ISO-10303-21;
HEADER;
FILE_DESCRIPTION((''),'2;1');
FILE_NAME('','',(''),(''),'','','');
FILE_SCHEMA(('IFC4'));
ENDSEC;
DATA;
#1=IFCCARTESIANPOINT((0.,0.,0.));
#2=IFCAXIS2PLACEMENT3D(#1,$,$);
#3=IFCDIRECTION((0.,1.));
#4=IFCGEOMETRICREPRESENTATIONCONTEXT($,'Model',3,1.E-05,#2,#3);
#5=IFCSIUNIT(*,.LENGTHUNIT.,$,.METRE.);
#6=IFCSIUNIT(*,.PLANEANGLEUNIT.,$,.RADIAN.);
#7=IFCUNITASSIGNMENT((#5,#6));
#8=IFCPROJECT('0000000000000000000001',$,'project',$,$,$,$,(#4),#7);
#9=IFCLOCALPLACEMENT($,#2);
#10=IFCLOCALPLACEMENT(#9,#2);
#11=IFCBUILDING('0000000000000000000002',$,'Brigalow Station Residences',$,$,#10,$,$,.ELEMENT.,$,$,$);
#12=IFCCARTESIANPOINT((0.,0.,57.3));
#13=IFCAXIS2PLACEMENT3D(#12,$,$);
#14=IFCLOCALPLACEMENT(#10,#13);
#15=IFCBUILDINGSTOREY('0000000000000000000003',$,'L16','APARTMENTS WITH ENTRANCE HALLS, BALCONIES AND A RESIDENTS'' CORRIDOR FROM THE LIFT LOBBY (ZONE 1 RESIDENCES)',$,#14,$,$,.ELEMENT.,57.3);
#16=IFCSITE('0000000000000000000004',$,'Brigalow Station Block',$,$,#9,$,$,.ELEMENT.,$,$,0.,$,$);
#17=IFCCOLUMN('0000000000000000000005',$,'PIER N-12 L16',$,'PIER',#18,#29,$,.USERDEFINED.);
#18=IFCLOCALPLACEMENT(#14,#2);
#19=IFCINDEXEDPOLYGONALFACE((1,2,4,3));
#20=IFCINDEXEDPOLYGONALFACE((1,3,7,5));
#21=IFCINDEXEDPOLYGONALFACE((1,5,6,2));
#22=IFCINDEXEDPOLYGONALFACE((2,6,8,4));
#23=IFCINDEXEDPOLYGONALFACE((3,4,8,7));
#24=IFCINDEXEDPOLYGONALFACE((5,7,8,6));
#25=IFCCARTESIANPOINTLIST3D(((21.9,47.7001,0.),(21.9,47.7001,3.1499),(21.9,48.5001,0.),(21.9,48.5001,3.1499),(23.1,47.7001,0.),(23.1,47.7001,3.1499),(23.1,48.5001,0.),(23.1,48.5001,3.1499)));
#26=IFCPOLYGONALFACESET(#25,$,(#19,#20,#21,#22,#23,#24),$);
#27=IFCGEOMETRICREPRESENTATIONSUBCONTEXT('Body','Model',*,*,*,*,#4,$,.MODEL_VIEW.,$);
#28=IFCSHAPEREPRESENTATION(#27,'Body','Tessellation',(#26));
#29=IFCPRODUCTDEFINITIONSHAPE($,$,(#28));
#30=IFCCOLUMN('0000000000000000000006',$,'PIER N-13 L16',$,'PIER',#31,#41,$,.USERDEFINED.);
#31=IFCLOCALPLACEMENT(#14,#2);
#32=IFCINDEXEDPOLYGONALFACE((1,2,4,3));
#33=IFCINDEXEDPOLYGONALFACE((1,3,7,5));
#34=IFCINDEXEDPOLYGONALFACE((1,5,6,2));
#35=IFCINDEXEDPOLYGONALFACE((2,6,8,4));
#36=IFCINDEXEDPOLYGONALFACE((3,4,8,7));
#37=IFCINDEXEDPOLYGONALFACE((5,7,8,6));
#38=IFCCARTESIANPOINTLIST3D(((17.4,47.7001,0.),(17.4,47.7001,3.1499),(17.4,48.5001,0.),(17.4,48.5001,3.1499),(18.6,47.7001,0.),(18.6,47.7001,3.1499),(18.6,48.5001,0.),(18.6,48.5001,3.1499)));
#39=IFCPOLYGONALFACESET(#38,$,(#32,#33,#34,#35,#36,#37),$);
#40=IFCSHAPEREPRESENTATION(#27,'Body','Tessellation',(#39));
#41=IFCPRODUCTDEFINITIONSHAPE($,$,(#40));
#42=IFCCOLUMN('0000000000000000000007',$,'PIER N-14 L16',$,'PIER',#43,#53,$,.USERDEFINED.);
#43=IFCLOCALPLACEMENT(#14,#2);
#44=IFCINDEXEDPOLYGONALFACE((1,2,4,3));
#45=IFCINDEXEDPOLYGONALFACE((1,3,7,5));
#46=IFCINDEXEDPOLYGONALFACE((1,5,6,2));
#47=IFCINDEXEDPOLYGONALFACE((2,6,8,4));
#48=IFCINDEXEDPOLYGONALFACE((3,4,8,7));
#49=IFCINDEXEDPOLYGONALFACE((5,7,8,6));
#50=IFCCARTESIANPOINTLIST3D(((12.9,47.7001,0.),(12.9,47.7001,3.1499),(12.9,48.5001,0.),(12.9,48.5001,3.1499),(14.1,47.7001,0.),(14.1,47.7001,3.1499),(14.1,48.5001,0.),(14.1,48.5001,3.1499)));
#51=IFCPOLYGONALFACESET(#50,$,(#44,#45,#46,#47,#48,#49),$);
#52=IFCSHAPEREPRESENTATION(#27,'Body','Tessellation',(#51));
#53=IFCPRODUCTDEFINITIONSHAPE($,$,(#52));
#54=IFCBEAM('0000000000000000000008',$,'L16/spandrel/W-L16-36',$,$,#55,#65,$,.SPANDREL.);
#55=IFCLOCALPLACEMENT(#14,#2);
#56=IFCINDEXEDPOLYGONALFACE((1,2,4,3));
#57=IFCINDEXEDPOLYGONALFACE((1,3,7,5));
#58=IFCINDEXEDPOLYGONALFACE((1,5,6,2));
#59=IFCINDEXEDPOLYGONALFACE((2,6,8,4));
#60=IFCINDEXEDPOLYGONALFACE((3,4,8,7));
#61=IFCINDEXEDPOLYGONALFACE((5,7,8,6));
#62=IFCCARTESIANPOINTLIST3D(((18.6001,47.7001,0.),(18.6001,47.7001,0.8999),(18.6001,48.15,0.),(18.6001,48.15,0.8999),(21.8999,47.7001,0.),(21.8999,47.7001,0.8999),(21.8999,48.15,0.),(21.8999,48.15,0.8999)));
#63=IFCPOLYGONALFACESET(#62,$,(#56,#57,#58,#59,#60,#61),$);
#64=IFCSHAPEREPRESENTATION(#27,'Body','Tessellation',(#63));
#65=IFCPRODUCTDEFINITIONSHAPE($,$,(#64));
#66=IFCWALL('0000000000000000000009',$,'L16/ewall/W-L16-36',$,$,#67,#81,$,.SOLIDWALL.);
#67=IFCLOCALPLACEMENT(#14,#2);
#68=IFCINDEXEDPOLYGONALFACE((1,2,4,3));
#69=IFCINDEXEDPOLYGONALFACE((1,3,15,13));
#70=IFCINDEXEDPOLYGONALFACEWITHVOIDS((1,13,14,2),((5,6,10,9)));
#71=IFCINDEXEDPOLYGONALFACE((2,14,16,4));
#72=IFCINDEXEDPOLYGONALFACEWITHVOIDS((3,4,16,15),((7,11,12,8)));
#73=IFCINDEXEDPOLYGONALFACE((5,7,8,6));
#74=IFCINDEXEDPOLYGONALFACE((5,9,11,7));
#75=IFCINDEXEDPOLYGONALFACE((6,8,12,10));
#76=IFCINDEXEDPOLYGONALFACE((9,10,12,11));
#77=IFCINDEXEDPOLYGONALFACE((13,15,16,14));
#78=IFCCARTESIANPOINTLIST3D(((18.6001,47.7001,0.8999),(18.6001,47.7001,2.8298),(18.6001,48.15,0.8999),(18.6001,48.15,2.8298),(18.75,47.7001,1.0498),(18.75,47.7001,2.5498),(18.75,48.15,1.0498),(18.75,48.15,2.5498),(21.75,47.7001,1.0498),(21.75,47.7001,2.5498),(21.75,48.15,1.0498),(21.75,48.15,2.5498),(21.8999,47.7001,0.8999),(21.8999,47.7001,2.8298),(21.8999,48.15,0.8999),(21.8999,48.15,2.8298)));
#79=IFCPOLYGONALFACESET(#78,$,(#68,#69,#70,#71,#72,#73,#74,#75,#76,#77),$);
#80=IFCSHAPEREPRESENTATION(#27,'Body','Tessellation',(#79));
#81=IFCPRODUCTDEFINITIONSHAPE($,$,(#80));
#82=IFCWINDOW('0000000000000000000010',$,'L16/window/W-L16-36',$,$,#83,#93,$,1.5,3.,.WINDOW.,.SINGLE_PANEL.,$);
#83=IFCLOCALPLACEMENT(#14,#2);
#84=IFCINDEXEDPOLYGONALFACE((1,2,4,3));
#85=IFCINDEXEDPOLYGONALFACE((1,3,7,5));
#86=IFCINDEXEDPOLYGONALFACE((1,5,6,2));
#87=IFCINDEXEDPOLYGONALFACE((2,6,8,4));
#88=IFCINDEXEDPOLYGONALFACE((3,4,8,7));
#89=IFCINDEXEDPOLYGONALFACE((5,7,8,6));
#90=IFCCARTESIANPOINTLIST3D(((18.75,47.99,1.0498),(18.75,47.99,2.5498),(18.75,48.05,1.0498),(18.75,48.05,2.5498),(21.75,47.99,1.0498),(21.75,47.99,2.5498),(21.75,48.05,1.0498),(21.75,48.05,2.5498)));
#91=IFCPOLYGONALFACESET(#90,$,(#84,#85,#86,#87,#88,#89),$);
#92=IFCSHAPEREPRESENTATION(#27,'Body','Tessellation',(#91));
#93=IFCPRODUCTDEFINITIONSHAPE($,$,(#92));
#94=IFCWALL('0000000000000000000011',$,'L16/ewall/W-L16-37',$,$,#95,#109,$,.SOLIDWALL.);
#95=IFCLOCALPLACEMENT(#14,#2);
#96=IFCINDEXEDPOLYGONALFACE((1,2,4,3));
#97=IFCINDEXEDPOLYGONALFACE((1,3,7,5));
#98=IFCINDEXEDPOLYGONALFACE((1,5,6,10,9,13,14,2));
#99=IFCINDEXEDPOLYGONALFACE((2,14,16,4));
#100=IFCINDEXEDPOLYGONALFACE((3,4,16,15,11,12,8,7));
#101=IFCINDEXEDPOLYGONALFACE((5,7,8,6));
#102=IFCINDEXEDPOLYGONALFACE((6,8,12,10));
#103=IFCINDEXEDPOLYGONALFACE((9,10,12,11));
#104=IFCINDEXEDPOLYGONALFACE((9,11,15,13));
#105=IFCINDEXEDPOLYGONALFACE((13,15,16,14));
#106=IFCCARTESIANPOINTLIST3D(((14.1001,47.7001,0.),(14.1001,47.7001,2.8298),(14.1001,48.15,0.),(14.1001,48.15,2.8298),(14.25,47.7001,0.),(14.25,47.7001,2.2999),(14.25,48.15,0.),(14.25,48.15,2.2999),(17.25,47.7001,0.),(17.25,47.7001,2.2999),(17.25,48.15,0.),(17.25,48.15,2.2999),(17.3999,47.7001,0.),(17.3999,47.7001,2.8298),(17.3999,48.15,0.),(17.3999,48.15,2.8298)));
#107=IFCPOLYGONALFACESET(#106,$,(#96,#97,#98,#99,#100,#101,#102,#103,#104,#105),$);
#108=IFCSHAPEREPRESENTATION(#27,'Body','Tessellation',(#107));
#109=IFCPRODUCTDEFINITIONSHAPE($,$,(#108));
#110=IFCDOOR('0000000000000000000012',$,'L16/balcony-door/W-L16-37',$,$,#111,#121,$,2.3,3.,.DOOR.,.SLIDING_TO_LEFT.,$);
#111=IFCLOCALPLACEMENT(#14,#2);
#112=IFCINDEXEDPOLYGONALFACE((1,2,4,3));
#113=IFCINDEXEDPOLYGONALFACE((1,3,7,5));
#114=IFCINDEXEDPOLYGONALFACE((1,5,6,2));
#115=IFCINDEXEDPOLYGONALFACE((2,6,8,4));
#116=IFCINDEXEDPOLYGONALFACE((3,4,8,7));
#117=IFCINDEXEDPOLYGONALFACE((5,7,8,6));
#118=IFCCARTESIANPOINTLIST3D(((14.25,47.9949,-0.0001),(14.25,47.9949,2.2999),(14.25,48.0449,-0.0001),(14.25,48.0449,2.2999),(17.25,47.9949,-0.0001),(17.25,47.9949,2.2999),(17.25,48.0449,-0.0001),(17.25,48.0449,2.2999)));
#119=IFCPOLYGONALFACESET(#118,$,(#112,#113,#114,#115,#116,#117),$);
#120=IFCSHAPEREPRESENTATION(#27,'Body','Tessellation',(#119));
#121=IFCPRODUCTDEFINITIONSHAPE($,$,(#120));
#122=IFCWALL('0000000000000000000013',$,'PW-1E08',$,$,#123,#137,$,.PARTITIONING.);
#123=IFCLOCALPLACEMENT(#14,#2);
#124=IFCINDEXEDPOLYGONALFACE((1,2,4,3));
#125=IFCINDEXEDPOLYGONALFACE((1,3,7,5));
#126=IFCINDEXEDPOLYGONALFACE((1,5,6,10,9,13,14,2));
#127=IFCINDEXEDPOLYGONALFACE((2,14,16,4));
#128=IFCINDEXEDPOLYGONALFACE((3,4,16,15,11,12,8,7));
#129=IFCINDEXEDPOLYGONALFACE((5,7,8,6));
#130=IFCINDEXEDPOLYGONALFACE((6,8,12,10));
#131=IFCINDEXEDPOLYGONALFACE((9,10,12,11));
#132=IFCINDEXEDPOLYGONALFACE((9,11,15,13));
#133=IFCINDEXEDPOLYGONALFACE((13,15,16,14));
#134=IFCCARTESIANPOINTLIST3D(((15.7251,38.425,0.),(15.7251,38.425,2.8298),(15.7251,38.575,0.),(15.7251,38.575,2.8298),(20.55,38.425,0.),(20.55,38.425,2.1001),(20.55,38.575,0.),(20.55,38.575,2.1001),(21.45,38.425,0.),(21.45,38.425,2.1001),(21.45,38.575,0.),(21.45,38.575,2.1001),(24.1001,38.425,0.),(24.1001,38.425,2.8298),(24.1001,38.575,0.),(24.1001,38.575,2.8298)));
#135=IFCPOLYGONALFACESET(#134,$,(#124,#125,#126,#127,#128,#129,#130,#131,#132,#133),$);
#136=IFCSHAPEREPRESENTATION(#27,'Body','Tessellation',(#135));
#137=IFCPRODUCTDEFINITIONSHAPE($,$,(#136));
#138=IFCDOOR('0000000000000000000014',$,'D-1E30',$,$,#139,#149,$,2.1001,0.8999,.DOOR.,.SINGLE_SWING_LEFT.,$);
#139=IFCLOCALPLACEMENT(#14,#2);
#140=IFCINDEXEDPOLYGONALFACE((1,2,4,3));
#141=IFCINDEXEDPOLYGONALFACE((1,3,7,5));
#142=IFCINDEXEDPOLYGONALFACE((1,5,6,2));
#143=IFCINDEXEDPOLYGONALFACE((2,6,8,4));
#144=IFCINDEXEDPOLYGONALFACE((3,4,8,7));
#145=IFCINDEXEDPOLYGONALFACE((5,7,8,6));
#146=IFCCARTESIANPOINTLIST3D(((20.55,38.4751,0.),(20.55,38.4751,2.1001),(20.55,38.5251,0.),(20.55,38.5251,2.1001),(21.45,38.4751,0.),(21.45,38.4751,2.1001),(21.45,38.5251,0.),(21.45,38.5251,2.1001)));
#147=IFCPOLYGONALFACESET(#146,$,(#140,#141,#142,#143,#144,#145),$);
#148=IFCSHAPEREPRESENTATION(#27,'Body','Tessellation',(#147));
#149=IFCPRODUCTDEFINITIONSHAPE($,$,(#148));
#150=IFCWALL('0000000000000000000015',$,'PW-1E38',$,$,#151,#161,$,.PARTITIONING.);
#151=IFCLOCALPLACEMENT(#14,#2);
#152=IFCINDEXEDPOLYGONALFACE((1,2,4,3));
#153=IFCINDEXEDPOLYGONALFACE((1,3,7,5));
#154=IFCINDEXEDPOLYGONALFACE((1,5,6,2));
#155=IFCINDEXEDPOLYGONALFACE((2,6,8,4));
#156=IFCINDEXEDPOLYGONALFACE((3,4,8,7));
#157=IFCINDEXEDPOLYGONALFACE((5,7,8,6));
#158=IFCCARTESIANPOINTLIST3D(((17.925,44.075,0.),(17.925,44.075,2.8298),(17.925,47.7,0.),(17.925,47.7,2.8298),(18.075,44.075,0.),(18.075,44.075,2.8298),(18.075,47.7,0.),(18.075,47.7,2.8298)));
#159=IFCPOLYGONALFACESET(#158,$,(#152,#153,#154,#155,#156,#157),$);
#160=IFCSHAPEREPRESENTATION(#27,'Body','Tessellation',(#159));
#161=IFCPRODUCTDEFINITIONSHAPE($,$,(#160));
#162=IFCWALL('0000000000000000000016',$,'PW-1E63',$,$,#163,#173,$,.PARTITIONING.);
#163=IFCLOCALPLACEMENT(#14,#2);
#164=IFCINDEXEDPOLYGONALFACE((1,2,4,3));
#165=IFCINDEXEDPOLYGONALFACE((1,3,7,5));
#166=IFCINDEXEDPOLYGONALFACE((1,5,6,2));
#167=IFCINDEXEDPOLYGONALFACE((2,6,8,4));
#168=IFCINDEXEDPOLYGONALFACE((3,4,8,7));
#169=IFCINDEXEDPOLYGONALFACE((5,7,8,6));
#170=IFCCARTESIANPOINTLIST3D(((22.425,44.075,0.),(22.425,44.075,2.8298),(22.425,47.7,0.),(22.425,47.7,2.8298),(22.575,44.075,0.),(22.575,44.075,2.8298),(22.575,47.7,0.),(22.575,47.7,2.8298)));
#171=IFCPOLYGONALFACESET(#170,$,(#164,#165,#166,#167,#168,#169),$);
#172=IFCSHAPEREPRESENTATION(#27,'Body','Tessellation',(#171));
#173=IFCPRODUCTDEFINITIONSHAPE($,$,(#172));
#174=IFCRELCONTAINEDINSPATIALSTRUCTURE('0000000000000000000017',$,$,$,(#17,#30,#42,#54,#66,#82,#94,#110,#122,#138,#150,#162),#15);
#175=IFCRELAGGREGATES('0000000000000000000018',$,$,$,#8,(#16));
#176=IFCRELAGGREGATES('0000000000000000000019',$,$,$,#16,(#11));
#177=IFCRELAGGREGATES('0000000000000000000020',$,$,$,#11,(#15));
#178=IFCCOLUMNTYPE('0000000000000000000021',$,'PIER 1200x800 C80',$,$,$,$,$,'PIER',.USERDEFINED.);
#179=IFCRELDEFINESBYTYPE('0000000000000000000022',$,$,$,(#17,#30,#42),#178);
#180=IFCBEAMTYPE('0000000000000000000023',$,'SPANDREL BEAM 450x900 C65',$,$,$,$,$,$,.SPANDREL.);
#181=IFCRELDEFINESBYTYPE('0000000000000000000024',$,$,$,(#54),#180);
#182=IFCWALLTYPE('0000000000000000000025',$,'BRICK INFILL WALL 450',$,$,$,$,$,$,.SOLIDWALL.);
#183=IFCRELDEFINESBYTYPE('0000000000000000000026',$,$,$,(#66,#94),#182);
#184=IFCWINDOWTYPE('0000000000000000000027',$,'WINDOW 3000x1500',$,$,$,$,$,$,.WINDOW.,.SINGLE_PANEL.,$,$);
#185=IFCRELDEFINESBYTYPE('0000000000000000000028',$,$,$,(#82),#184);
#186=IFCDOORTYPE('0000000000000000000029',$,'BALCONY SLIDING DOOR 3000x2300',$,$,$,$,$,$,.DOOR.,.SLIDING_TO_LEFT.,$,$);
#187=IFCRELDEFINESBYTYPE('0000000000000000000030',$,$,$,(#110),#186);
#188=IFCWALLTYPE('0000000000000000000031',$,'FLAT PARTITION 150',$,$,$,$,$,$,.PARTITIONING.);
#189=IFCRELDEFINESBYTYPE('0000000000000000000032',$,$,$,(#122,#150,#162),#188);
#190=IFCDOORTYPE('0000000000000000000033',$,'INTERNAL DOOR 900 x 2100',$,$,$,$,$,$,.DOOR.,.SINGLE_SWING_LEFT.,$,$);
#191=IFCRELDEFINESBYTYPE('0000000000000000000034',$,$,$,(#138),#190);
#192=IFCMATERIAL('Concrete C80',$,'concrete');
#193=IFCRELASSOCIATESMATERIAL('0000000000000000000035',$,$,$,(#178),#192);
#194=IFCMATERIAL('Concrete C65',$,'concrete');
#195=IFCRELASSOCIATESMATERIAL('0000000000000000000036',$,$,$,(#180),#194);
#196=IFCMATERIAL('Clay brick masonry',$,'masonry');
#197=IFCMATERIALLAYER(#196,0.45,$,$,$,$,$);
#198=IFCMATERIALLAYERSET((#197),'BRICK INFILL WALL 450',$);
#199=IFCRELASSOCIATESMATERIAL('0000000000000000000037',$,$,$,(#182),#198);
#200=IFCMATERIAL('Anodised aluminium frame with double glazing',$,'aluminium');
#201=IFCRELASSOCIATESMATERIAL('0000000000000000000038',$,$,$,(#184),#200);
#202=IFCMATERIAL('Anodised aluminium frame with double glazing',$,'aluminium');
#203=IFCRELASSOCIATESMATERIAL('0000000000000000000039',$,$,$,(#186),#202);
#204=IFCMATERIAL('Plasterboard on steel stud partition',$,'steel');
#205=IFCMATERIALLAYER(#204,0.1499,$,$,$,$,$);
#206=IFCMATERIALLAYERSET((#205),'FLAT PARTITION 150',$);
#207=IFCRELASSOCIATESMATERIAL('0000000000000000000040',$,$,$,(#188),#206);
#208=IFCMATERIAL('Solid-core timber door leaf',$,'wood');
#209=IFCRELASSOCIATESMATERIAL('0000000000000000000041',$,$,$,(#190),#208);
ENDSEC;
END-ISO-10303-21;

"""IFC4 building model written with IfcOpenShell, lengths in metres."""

from ifc_helpers import new_model, si_unit, direction, frame, frame_2d, origin, origin_2d, place, context, subcontext, project, spatial, rectangle, extrude, material, layer, layer_set, material_profile, profile_set, type_object, element, fill, save


model = new_model("IFC4")

# Units and contexts
model_context = context("Model", 3, precision=1e-05, world=origin(), true_north=direction((0.0, 1.0)))
body_context = subcontext(model_context, "Body", "Model", "MODEL_VIEW")
ifc_project = project(units=[si_unit("LENGTHUNIT", "METRE"), si_unit("PLANEANGLEUNIT", "RADIAN")], contexts=[model_context])

# Site, building, storey
site_placement = place(None, origin())
site = spatial("IfcSite", under=ifc_project, at=site_placement, Name="Brigalow Station Block", CompositionType="ELEMENT", RefElevation=0.0)
building_placement = place(site_placement, origin())
building = spatial("IfcBuilding", under=site, at=building_placement, Name="Brigalow Station Residences", CompositionType="ELEMENT")
storey_placement = place(building_placement, frame((0.0, 0.0, 57.3)))
storey = spatial("IfcBuildingStorey", under=building, at=storey_placement, Name="L16", Description="APARTMENTS WITH ENTRANCE HALLS, BALCONIES AND A RESIDENTS' CORRIDOR FROM THE LIFT LOBBY (ZONE 1 RESIDENCES)", CompositionType="ELEMENT", Elevation=57.3)

# Columns
ifc_material_1 = material(Name="Concrete C80", Category="concrete")
ifc_material_profile_1 = material_profile(ifc_material_1, rectangle(XDim=1.2, YDim=0.8, at=origin_2d()), Name="RC1200x800")
ifc_profile_set_1 = profile_set([ifc_material_profile_1], Name="Concrete C80")
column_type = type_object("IfcColumnType", Name="PIER 1200x800 C80", ElementType="PIER", PredefinedType="USERDEFINED", material=ifc_profile_set_1)
for number, where, z_axis, x_axis, name in (
    (1, (22.5, 48.1001, 0.0), (0.0, 0.0, 1.0), (-1.0, 0.0, 0.0), "PIER N-12 L16"),
    (2, (18.0, 48.1001, 0.0), (0.0, 0.0, 1.0), (-1.0, 0.0, 0.0), "PIER N-13 L16"),
    (3, (13.5, 48.1001, 0.0), (0.0, 0.0, 1.0), (-1.0, 0.0, 0.0), "PIER N-14 L16"),
):
    element("IfcColumn", number, at=place(storey_placement, frame(where, z_axis=z_axis, x_axis=x_axis)), inside=storey, type_object=column_type, Name=name, ObjectType="PIER", PredefinedType="USERDEFINED", context=body_context, shape_type="SweptSolid", body=[
        extrude(rectangle(XDim=1.2, YDim=0.8, at=origin_2d()), origin(), (0.0, 0.0, 1.0), 3.1499),
    ])

# Beam
ifc_material_2 = material(Name="Concrete C65", Category="concrete")
ifc_material_profile_2 = material_profile(ifc_material_2, rectangle(XDim=0.45, YDim=0.8999, at=origin_2d()), Name="RC450x900")
ifc_profile_set_2 = profile_set([ifc_material_profile_2], Name="Concrete C65")
beam_type = type_object("IfcBeamType", Name="SPANDREL BEAM 450x900 C65", PredefinedType="SPANDREL", material=ifc_profile_set_2)
beam_placement = place(storey_placement, frame((21.8999, 47.925, 0.45), z_axis=(-1.0, 0.0, 0.0), x_axis=(0.0, -1.0, 0.0)))
element("IfcBeam", 4, at=beam_placement, inside=storey, type_object=beam_type, Name="L16/spandrel/W-L16-36", PredefinedType="SPANDREL", context=body_context, shape_type="SweptSolid", body=[
    extrude(rectangle(XDim=0.45, YDim=0.8999, at=origin_2d()), origin(), (0.0, 0.0, 1.0), 3.2998),
])

# Wall, opening, window
ifc_material_3 = material(Name="Clay brick masonry", Category="masonry")
ifc_layer_1 = layer(ifc_material_3, 0.45)
ifc_layer_set_1 = layer_set([ifc_layer_1], Name="BRICK INFILL WALL 450")
wall_type_1 = type_object("IfcWallType", Name="BRICK INFILL WALL 450", PredefinedType="SOLIDWALL", material=ifc_layer_set_1)
wall_1_placement = place(storey_placement, frame((21.8999, 47.925, 0.8999), z_axis=(0.0, 0.0, 1.0), x_axis=(-1.0, 0.0, 0.0)))
wall_1 = element("IfcWall", 5, at=wall_1_placement, inside=storey, type_object=wall_type_1, Name="L16/ewall/W-L16-36", PredefinedType="SOLIDWALL", context=body_context, shape_type="SweptSolid", body=[
    extrude(rectangle(XDim=3.2998, YDim=0.45, at=frame_2d((1.6499, 0.0))), origin(), (0.0, 0.0, 1.0), 1.9299),
])
opening_1_placement = place(wall_1_placement, frame((0.1499, 0.0, 0.1499)))
opening_1 = element("IfcOpeningElement", 6, at=opening_1_placement, cuts=wall_1, PredefinedType="OPENING", context=body_context, shape_type="SweptSolid", body=[
    extrude(rectangle(XDim=3.0, YDim=1.5, at=frame_2d((1.5, 0.75))), frame((0.0, 0.2349, 0.0), z_axis=(0.0, -1.0, 0.0), x_axis=(1.0, 0.0, 0.0)), (0.0, 0.0, 1.0), 0.47),
])
ifc_material_4 = material(Name="Anodised aluminium frame with double glazing", Category="aluminium")
window_type = type_object("IfcWindowType", Name="WINDOW 3000x1500", PartitioningType="SINGLE_PANEL", PredefinedType="WINDOW", material=ifc_material_4)
window_placement = place(opening_1_placement, origin())
window = element("IfcWindow", 7, at=window_placement, inside=storey, type_object=window_type, Name="L16/window/W-L16-36", OverallHeight=1.5, OverallWidth=3.0, PartitioningType="SINGLE_PANEL", PredefinedType="WINDOW", context=body_context, shape_type="SweptSolid", body=[
    extrude(rectangle(XDim=3.0, YDim=1.5, at=frame_2d((1.5, 0.75))), frame((0.0, -0.0649, 0.0), z_axis=(0.0, -1.0, 0.0), x_axis=(1.0, 0.0, 0.0)), (0.0, 0.0, 1.0), 0.0601),
])
fill(opening_1, window)

# Walls, openings, doors
wall_2_placement = place(storey_placement, frame((17.3999, 47.925, 0.0), z_axis=(0.0, 0.0, 1.0), x_axis=(-1.0, 0.0, 0.0)))
wall_2 = element("IfcWall", 8, at=wall_2_placement, inside=storey, type_object=wall_type_1, Name="L16/ewall/W-L16-37", PredefinedType="SOLIDWALL", context=body_context, shape_type="SweptSolid", body=[
    extrude(rectangle(XDim=3.2998, YDim=0.45, at=frame_2d((1.6499, 0.0))), origin(), (0.0, 0.0, 1.0), 2.8298),
])
opening_2_placement = place(wall_2_placement, frame((0.1499, 0.0, 0.0)))
opening_2 = element("IfcOpeningElement", 9, at=opening_2_placement, cuts=wall_2, PredefinedType="OPENING", context=body_context, shape_type="SweptSolid", body=[
    extrude(rectangle(XDim=3.0, YDim=2.3, at=frame_2d((1.5, 1.1499))), frame((0.0, 0.2349, 0.0), z_axis=(0.0, -1.0, 0.0), x_axis=(1.0, 0.0, 0.0)), (0.0, 0.0, 1.0), 0.47),
])
ifc_material_5 = material(Name="Anodised aluminium frame with double glazing", Category="aluminium")
door_type_1 = type_object("IfcDoorType", Name="BALCONY SLIDING DOOR 3000x2300", OperationType="SLIDING_TO_LEFT", PredefinedType="DOOR", material=ifc_material_5)
door_1_placement = place(opening_2_placement, origin())
door_1 = element("IfcDoor", 10, at=door_1_placement, inside=storey, type_object=door_type_1, Name="L16/balcony-door/W-L16-37", OperationType="SLIDING_TO_LEFT", OverallHeight=2.3, OverallWidth=3.0, PredefinedType="DOOR", context=body_context, shape_type="SweptSolid", body=[
    extrude(rectangle(XDim=3.0, YDim=2.3, at=frame_2d((1.5, 1.1499))), frame((0.0, -0.0698, 0.0), z_axis=(0.0, -1.0, 0.0), x_axis=(1.0, 0.0, 0.0)), (0.0, 0.0, 1.0), 0.05),
])
fill(opening_2, door_1)
ifc_material_6 = material(Name="Plasterboard on steel stud partition", Category="steel")
ifc_layer_2 = layer(ifc_material_6, 0.1499)
ifc_layer_set_2 = layer_set([ifc_layer_2], Name="FLAT PARTITION 150")
wall_type_2 = type_object("IfcWallType", Name="FLAT PARTITION 150", PredefinedType="PARTITIONING", material=ifc_layer_set_2)
wall_3_placement = place(storey_placement, frame((15.7251, 38.5, 0.0), z_axis=(0.0, 0.0, 1.0), x_axis=(1.0, 0.0, 0.0)))
wall_3 = element("IfcWall", 11, at=wall_3_placement, inside=storey, type_object=wall_type_2, Name="PW-1E08", PredefinedType="PARTITIONING", context=body_context, shape_type="SweptSolid", body=[
    extrude(rectangle(XDim=8.375, YDim=0.1499, at=frame_2d((4.1875, 0.0))), origin(), (0.0, 0.0, 1.0), 2.8298),
])
opening_3_placement = place(wall_3_placement, frame((4.825, 0.0, 0.0)))
opening_3 = element("IfcOpeningElement", 12, at=opening_3_placement, cuts=wall_3, PredefinedType="OPENING", context=body_context, shape_type="SweptSolid", body=[
    extrude(rectangle(XDim=0.8999, YDim=2.1001, at=frame_2d((0.45, 1.05))), frame((0.0, 0.085, 0.0), z_axis=(0.0, -1.0, 0.0), x_axis=(1.0, 0.0, 0.0)), (0.0, 0.0, 1.0), 0.1699),
])
ifc_material_7 = material(Name="Solid-core timber door leaf", Category="wood")
door_type_2 = type_object("IfcDoorType", Name="INTERNAL DOOR 900 x 2100", OperationType="SINGLE_SWING_LEFT", PredefinedType="DOOR", material=ifc_material_7)
door_2_placement = place(opening_3_placement, frame((0.8999, 0.0, 0.0), z_axis=(0.0, 0.0, 1.0), x_axis=(-1.0, 0.0, 0.0)))
door_2 = element("IfcDoor", 13, at=door_2_placement, inside=storey, type_object=door_type_2, Name="D-1E30", OperationType="SINGLE_SWING_LEFT", OverallHeight=2.1001, OverallWidth=0.8999, PredefinedType="DOOR", context=body_context, shape_type="SweptSolid", body=[
    extrude(rectangle(XDim=0.8999, YDim=2.1001, at=frame_2d((0.45, 1.05))), frame((0.0, 0.0249, 0.0), z_axis=(0.0, -1.0, 0.0), x_axis=(1.0, 0.0, 0.0)), (0.0, 0.0, 1.0), 0.05),
])
fill(opening_3, door_2)

# Walls
for number, where, z_axis, x_axis, name in (
    (14, (18.0, 44.075, 0.0), (0.0, 0.0, 1.0), (0.0, 1.0, 0.0), "PW-1E38"),
    (15, (22.5, 44.075, 0.0), (0.0, 0.0, 1.0), (0.0, 1.0, 0.0), "PW-1E63"),
):
    element("IfcWall", number, at=place(storey_placement, frame(where, z_axis=z_axis, x_axis=x_axis)), inside=storey, type_object=wall_type_2, Name=name, PredefinedType="PARTITIONING", context=body_context, shape_type="SweptSolid", body=[
        extrude(rectangle(XDim=3.625, YDim=0.1499, at=frame_2d((1.8125, 0.0))), origin(), (0.0, 0.0, 1.0), 2.8298),
    ])

save(model, "model.ifc")
